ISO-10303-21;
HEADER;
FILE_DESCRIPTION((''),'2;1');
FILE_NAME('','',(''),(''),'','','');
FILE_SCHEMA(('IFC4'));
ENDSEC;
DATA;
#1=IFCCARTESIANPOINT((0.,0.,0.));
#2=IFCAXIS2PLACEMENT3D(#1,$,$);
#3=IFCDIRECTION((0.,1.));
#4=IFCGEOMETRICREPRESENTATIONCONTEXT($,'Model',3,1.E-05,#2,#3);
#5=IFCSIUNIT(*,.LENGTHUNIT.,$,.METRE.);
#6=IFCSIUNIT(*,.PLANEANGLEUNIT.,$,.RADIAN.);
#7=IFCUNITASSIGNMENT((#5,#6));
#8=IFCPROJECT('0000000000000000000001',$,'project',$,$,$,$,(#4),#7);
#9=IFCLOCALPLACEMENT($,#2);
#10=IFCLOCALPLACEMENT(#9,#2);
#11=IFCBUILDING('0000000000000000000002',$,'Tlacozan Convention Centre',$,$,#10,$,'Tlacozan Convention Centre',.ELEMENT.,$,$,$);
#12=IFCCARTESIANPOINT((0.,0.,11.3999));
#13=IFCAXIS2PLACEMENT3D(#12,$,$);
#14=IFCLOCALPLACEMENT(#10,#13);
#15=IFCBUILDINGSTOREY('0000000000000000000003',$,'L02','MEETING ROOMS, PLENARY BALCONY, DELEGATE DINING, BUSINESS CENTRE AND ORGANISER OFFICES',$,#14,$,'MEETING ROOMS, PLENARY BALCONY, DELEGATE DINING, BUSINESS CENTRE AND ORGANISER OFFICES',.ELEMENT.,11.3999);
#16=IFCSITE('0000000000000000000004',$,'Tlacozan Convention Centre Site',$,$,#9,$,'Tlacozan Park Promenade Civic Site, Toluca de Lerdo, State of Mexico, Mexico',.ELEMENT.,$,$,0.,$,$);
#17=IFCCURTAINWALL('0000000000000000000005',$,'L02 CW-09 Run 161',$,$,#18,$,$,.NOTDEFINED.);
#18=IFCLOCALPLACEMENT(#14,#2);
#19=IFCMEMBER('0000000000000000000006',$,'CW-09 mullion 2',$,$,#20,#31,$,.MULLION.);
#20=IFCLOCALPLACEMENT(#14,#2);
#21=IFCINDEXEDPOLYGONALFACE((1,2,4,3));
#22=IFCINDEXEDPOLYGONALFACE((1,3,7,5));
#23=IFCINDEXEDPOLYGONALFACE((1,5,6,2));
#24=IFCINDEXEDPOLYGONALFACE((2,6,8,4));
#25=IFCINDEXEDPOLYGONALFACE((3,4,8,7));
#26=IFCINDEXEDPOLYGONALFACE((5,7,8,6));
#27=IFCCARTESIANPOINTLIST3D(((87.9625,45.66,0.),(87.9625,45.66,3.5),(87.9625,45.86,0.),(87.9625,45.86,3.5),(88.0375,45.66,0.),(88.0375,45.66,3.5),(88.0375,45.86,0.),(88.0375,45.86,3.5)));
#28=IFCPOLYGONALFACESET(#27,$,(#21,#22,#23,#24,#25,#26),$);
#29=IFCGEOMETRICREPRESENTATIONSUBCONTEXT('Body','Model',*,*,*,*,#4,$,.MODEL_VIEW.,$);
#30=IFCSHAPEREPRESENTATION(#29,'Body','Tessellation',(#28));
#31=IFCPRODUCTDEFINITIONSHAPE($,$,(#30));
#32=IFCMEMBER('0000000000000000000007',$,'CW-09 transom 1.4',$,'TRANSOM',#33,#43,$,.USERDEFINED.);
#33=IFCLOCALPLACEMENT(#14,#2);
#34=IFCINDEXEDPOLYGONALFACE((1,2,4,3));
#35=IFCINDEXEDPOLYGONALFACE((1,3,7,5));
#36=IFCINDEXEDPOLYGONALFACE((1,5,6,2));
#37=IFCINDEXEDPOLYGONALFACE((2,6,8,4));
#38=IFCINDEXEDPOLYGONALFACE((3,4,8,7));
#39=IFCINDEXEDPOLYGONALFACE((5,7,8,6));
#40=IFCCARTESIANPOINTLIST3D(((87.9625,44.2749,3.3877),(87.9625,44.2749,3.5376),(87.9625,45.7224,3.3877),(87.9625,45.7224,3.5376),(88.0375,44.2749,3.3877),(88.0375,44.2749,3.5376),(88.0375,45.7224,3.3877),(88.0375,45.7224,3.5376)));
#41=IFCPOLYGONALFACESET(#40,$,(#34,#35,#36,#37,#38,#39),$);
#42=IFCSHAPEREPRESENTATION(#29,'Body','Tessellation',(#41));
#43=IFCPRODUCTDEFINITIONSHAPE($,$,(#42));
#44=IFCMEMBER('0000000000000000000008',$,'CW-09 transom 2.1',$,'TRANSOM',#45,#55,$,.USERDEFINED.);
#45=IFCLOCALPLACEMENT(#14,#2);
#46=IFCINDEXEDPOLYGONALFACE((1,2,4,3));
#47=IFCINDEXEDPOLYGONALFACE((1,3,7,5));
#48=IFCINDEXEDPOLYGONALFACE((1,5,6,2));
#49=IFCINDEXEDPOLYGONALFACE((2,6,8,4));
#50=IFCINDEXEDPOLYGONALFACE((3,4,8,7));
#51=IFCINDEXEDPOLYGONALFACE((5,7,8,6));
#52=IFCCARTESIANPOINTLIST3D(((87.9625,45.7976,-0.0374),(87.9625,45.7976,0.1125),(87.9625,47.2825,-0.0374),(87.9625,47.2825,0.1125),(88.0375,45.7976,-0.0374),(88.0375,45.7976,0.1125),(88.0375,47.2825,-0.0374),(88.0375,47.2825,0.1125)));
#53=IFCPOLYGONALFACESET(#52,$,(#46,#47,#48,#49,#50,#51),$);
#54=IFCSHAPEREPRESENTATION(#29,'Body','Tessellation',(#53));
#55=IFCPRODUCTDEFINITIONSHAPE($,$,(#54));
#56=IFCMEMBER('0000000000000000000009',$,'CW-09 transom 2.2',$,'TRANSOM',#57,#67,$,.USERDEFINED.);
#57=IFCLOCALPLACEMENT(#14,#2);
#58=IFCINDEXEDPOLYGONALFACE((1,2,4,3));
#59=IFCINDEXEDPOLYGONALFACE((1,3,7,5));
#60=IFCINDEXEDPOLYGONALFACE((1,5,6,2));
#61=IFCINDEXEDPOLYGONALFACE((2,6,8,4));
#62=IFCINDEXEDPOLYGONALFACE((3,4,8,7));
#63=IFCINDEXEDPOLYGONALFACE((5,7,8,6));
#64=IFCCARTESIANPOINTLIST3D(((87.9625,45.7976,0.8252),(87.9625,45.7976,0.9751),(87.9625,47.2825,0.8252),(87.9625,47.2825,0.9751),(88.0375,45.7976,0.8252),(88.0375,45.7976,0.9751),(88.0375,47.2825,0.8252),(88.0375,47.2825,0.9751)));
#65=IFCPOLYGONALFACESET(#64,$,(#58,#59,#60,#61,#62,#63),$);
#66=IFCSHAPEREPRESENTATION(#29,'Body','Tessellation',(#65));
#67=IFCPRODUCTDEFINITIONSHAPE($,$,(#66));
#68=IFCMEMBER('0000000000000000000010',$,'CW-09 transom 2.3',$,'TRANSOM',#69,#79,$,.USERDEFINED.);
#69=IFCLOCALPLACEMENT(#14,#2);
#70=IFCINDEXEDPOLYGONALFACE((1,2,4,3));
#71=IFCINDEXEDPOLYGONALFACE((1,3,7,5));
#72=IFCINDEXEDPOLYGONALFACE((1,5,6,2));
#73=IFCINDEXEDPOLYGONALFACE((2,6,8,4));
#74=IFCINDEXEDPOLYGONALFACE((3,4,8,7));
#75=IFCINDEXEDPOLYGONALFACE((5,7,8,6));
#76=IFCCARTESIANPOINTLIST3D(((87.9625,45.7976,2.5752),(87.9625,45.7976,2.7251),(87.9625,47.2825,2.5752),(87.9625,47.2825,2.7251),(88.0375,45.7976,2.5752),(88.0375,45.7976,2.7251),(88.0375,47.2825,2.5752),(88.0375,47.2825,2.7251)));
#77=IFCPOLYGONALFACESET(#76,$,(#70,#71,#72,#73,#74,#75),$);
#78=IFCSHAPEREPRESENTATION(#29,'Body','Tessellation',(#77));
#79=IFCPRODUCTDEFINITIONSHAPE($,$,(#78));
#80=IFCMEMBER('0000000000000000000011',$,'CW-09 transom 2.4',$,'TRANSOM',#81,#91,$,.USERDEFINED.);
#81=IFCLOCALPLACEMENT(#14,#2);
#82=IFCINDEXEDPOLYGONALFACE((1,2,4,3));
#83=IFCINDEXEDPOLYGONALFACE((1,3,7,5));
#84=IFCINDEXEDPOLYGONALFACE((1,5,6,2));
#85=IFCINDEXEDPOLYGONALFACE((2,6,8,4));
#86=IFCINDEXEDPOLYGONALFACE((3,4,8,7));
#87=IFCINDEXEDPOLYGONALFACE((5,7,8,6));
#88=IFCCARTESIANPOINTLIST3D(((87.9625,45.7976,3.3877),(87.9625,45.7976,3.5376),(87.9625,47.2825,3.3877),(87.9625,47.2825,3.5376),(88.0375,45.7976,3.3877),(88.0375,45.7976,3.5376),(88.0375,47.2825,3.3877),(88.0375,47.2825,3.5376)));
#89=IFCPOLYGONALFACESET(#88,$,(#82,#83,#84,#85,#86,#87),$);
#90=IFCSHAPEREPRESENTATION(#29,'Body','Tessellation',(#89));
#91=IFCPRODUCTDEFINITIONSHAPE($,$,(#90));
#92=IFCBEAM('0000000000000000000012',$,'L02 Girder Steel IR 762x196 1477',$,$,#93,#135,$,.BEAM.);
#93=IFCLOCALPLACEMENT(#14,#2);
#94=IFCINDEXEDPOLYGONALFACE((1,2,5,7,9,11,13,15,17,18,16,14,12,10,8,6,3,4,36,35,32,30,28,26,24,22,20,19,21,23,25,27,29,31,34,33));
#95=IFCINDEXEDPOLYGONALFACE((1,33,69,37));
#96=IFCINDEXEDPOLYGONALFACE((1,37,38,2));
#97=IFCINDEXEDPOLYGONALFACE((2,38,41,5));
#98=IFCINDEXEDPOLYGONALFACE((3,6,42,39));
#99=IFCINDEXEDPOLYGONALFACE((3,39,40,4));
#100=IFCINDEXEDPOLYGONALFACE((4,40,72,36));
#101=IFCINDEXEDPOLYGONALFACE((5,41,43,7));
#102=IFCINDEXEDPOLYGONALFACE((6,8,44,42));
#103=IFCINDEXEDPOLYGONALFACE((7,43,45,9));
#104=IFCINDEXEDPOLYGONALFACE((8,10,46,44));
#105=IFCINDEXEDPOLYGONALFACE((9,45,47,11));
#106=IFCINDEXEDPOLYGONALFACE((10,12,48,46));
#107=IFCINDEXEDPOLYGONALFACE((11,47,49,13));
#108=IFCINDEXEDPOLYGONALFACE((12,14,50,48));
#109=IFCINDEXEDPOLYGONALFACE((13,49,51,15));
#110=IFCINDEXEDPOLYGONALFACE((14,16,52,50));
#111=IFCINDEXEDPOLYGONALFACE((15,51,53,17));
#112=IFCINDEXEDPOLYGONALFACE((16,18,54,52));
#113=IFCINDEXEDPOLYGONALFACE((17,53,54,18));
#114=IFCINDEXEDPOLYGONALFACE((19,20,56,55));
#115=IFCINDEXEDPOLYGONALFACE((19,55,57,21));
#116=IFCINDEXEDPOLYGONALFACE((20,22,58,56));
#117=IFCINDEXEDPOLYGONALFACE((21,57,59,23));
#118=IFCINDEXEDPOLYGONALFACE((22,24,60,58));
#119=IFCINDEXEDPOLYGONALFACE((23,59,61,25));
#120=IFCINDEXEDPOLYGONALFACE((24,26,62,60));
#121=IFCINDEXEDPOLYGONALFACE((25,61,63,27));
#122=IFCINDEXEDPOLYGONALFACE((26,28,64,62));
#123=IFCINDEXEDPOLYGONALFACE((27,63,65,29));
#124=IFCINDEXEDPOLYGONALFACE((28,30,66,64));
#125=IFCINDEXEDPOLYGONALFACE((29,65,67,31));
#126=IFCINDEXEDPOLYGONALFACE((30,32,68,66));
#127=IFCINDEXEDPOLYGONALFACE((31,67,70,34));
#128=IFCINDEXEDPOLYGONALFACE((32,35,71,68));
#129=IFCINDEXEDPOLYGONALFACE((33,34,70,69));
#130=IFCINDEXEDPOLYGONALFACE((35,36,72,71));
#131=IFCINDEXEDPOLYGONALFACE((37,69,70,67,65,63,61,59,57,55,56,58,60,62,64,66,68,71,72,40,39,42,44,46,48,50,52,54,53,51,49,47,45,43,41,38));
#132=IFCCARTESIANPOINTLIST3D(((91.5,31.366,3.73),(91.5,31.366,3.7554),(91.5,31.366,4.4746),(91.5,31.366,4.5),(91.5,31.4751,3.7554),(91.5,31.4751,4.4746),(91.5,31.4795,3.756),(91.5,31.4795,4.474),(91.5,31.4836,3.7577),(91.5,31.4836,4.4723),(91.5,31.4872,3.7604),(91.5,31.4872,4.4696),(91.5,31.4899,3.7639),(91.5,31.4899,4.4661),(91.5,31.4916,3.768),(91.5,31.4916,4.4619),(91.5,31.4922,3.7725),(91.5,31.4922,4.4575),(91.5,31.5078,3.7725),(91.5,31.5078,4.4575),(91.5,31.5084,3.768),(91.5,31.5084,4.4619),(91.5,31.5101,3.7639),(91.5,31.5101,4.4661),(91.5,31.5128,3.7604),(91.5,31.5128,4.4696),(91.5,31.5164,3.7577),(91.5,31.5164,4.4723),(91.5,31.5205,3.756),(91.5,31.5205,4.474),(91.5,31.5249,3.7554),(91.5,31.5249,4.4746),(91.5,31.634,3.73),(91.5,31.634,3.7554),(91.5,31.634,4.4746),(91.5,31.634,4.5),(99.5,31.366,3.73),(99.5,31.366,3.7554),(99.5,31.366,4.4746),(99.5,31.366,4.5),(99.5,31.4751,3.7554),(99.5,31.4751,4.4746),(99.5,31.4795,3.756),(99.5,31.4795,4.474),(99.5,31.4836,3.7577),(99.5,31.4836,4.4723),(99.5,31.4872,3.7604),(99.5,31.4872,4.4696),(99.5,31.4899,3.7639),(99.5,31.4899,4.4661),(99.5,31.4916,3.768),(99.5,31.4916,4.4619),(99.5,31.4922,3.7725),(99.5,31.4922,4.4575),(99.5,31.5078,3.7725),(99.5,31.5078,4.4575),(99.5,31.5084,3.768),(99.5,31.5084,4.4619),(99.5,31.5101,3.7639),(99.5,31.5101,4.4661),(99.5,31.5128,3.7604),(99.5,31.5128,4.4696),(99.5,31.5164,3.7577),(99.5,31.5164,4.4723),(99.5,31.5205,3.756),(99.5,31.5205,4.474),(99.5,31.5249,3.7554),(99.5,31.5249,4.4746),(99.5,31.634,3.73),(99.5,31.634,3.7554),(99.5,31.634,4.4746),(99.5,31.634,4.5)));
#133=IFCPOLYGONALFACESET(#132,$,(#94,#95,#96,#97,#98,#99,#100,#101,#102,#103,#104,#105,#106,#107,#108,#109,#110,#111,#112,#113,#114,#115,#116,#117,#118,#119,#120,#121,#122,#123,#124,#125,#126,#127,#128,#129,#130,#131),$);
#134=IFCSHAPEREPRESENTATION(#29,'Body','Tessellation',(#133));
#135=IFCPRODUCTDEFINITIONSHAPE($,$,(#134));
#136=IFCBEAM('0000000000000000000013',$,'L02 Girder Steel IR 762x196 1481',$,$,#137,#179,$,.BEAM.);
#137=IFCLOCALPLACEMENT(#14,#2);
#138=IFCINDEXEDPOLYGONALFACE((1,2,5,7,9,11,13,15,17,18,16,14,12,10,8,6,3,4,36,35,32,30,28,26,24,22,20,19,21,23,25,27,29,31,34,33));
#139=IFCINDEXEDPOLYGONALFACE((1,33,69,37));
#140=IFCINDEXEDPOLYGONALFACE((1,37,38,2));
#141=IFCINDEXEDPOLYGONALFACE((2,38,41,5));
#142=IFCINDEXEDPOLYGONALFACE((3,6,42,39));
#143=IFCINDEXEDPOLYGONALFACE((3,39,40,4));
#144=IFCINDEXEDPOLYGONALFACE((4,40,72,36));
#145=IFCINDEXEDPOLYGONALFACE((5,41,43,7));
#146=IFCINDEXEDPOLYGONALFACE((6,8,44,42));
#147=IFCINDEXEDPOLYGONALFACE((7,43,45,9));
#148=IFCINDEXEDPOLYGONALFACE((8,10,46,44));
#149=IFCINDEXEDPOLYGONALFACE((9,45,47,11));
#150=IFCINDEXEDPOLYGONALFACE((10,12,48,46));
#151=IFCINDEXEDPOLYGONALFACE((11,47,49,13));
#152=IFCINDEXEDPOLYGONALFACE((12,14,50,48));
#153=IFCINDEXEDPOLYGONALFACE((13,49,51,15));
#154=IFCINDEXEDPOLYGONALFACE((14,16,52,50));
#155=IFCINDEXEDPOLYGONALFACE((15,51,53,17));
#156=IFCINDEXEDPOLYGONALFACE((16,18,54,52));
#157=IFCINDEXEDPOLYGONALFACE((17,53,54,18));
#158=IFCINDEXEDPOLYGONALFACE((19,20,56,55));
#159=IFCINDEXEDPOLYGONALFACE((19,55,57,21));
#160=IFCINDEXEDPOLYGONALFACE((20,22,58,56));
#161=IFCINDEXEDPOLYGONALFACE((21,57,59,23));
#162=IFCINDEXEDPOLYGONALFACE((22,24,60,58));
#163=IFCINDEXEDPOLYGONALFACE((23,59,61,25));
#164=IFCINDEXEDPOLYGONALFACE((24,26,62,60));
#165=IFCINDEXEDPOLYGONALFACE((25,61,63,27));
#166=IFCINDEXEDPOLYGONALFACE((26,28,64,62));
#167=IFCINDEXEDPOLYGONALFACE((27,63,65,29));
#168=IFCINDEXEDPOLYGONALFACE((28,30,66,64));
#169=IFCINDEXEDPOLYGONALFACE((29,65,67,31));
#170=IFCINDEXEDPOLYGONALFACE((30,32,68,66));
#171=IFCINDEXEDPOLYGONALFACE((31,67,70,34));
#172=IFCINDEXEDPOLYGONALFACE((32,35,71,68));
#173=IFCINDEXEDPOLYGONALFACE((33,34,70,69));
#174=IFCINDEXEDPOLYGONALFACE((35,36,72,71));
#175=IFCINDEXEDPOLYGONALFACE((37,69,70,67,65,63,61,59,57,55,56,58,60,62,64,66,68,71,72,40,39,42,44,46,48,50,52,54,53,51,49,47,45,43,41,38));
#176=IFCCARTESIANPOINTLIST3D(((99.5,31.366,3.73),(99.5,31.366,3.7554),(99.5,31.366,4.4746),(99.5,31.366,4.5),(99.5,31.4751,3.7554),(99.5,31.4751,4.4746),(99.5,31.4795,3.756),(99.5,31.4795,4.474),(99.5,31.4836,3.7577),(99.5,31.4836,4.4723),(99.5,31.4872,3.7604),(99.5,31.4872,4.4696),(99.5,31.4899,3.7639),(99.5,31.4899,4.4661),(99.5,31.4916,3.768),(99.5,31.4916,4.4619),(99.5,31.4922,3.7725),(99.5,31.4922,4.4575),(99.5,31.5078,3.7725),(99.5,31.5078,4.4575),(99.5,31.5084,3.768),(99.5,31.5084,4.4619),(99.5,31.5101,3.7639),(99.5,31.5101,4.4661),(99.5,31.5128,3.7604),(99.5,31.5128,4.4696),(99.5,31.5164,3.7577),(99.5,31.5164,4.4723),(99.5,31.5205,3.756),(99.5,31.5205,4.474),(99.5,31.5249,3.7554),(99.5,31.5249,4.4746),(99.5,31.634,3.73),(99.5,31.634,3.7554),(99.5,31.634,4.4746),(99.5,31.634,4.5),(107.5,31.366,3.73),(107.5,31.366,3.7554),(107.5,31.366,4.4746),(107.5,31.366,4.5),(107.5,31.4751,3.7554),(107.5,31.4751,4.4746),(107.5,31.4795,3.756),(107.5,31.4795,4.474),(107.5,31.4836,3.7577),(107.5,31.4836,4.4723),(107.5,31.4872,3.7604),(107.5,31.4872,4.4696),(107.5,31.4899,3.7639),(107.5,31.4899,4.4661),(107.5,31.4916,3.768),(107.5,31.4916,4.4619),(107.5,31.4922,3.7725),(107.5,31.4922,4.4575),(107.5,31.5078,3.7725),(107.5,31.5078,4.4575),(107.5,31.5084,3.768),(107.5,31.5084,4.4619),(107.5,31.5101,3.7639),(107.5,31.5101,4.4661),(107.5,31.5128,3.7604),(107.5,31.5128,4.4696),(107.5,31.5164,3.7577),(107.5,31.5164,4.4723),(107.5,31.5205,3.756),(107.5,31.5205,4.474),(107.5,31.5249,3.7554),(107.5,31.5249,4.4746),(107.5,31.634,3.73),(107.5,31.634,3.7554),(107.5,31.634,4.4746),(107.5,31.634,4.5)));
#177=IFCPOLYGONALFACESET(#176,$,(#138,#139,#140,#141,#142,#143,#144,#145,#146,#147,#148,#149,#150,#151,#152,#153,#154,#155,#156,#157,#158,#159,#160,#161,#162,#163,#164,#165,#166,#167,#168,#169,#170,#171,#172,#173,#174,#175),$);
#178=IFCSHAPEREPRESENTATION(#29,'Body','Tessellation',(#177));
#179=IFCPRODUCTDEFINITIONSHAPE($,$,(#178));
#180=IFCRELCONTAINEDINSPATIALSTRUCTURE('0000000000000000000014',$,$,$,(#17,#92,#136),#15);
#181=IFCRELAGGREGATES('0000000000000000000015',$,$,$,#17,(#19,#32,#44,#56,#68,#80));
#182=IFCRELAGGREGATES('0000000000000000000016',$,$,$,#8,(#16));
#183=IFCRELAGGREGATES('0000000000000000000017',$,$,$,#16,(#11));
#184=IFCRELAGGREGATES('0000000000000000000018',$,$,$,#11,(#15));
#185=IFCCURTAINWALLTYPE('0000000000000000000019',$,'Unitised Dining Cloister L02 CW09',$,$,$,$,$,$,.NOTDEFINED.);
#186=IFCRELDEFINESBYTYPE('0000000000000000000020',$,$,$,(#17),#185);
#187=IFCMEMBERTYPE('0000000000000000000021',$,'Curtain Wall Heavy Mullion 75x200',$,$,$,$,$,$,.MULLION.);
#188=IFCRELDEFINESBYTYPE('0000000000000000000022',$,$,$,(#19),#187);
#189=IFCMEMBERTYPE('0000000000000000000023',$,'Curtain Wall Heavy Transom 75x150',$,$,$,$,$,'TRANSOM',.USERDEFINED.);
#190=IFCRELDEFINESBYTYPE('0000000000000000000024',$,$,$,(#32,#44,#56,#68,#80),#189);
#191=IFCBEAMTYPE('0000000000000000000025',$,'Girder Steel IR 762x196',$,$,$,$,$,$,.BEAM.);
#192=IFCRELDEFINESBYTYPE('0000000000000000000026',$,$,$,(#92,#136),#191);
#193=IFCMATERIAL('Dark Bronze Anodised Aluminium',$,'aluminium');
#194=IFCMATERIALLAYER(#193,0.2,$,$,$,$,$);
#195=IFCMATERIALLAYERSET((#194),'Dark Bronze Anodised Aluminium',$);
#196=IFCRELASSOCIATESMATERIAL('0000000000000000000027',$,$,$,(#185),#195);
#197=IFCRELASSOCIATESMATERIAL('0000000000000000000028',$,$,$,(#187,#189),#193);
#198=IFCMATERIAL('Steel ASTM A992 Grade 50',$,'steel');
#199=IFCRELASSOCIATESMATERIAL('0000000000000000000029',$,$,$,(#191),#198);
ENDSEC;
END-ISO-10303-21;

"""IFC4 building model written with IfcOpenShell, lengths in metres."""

from ifc_helpers import new_model, si_unit, direction, frame, origin, origin_2d, place, context, subcontext, project, spatial, rectangle, i_section, extrude, material, layer, layer_set, material_profile, profile_set, type_object, element, aggregate, save


model = new_model("IFC4")

# Units and contexts
model_context = context("Model", 3, precision=1e-05, world=origin(), true_north=direction((0.0, 1.0)))
body_context = subcontext(model_context, "Body", "Model", "MODEL_VIEW")
ifc_project = project(units=[si_unit("LENGTHUNIT", "METRE"), si_unit("PLANEANGLEUNIT", "RADIAN")], contexts=[model_context])

# Site, building, storey
site_placement = place(None, origin())
site = spatial("IfcSite", under=ifc_project, at=site_placement, Name="Tlacozan Convention Centre Site", LongName="Tlacozan Park Promenade Civic Site, Toluca de Lerdo, State of Mexico, Mexico", CompositionType="ELEMENT", RefElevation=0.0)
building_placement = place(site_placement, origin())
building = spatial("IfcBuilding", under=site, at=building_placement, Name="Tlacozan Convention Centre", LongName="Tlacozan Convention Centre", CompositionType="ELEMENT")
storey_placement = place(building_placement, frame((0.0, 0.0, 11.3999)))
storey = spatial("IfcBuildingStorey", under=building, at=storey_placement, Name="L02", Description="MEETING ROOMS, PLENARY BALCONY, DELEGATE DINING, BUSINESS CENTRE AND ORGANISER OFFICES", LongName="MEETING ROOMS, PLENARY BALCONY, DELEGATE DINING, BUSINESS CENTRE AND ORGANISER OFFICES", CompositionType="ELEMENT", Elevation=11.3999)

# Shared definitions
ifc_material_1 = material(Name="Steel ASTM A992 Grade 50", Category="steel")

# Curtain wall, members
ifc_material_2 = material(Name="Dark Bronze Anodised Aluminium", Category="aluminium")
ifc_layer_1 = layer(ifc_material_2, 0.2)
ifc_layer_set_1 = layer_set([ifc_layer_1], Name="Dark Bronze Anodised Aluminium")
curtain_wall_type = type_object("IfcCurtainWallType", Name="Unitised Dining Cloister L02 CW09", PredefinedType="NOTDEFINED", material=ifc_layer_set_1)
curtain_wall_placement = place(storey_placement, origin())
curtain_wall = element("IfcCurtainWall", 1, at=curtain_wall_placement, inside=storey, type_object=curtain_wall_type, Name="L02 CW-09 Run 161", PredefinedType="NOTDEFINED")
ifc_material_profile_1 = material_profile(ifc_material_2, rectangle(XDim=0.075, YDim=0.2, at=origin_2d()), Name="ALU 75x200")
ifc_profile_set_1 = profile_set([ifc_material_profile_1], Name="Dark Bronze Anodised Aluminium")
member_type_1 = type_object("IfcMemberType", Name="Curtain Wall Heavy Mullion 75x200", PredefinedType="MULLION", material=ifc_profile_set_1)
member_1_placement = place(storey_placement, frame((88.0, 45.76, 0.0), z_axis=(0.0, 0.0, 1.0), x_axis=(-1.0, 0.0, 0.0)))
member_1 = element("IfcMember", 2, at=member_1_placement, type_object=member_type_1, Name="CW-09 mullion 2", PredefinedType="MULLION", context=body_context, shape_type="SweptSolid", body=[
    extrude(rectangle(XDim=0.075, YDim=0.2, at=origin_2d()), origin(), (0.0, 0.0, 1.0), 3.5),
])
ifc_material_profile_2 = material_profile(ifc_material_2, rectangle(XDim=0.075, YDim=0.1499, at=origin_2d()), Name="ALU 75x150")
ifc_profile_set_2 = profile_set([ifc_material_profile_2], Name="Dark Bronze Anodised Aluminium")
member_type_2 = type_object("IfcMemberType", Name="Curtain Wall Heavy Transom 75x150", ElementType="TRANSOM", PredefinedType="USERDEFINED", material=ifc_profile_set_2)
member_2_placement = place(storey_placement, frame((88.0, 44.2749, 3.4626), z_axis=(0.0, 1.0, 0.0), x_axis=(-1.0, 0.0, 0.0)))
member_2 = element("IfcMember", 3, at=member_2_placement, type_object=member_type_2, Name="CW-09 transom 1.4", ObjectType="TRANSOM", PredefinedType="USERDEFINED", context=body_context, shape_type="SweptSolid", body=[
    extrude(rectangle(XDim=0.075, YDim=0.1499, at=origin_2d()), origin(), (0.0, 0.0, 1.0), 1.4475),
])
member_3_placement = place(storey_placement, frame((88.0, 45.7976, 0.0376), z_axis=(0.0, 1.0, 0.0), x_axis=(-1.0, 0.0, 0.0)))
member_3 = element("IfcMember", 4, at=member_3_placement, type_object=member_type_2, Name="CW-09 transom 2.1", ObjectType="TRANSOM", PredefinedType="USERDEFINED", context=body_context, shape_type="SweptSolid", body=[
    extrude(rectangle(XDim=0.075, YDim=0.1499, at=origin_2d()), origin(), (0.0, 0.0, 1.0), 1.4849),
])
member_4_placement = place(storey_placement, frame((88.0, 45.7976, 0.9001), z_axis=(0.0, 1.0, 0.0), x_axis=(-1.0, 0.0, 0.0)))
member_4 = element("IfcMember", 5, at=member_4_placement, type_object=member_type_2, Name="CW-09 transom 2.2", ObjectType="TRANSOM", PredefinedType="USERDEFINED", context=body_context, shape_type="SweptSolid", body=[
    extrude(rectangle(XDim=0.075, YDim=0.1499, at=origin_2d()), origin(), (0.0, 0.0, 1.0), 1.4849),
])
member_5_placement = place(storey_placement, frame((88.0, 45.7976, 2.6501), z_axis=(0.0, 1.0, 0.0), x_axis=(-1.0, 0.0, 0.0)))
member_5 = element("IfcMember", 6, at=member_5_placement, type_object=member_type_2, Name="CW-09 transom 2.3", ObjectType="TRANSOM", PredefinedType="USERDEFINED", context=body_context, shape_type="SweptSolid", body=[
    extrude(rectangle(XDim=0.075, YDim=0.1499, at=origin_2d()), origin(), (0.0, 0.0, 1.0), 1.4849),
])
member_6_placement = place(storey_placement, frame((88.0, 45.7976, 3.4626), z_axis=(0.0, 1.0, 0.0), x_axis=(-1.0, 0.0, 0.0)))
member_6 = element("IfcMember", 7, at=member_6_placement, type_object=member_type_2, Name="CW-09 transom 2.4", ObjectType="TRANSOM", PredefinedType="USERDEFINED", context=body_context, shape_type="SweptSolid", body=[
    extrude(rectangle(XDim=0.075, YDim=0.1499, at=origin_2d()), origin(), (0.0, 0.0, 1.0), 1.4849),
])

# Beams
ifc_material_profile_3 = material_profile(ifc_material_1, i_section(OverallWidth=0.2681, OverallDepth=0.77, WebThickness=0.0156, FlangeThickness=0.0254, FilletRadius=0.0171, at=origin_2d()), Name="IR 762x196.0")
ifc_profile_set_3 = profile_set([ifc_material_profile_3], Name="Steel ASTM A992 Grade 50")
beam_type_1 = type_object("IfcBeamType", Name="Girder Steel IR 762x196", PredefinedType="BEAM", material=ifc_profile_set_3)
for number, where, z_axis, x_axis, name in (
    (8, (91.5, 31.5, 4.115), (1.0, 0.0, 0.0), (0.0, 1.0, 0.0), "L02 Girder Steel IR 762x196 1477"),
    (9, (99.5, 31.5, 4.115), (1.0, 0.0, 0.0), (0.0, 1.0, 0.0), "L02 Girder Steel IR 762x196 1481"),
):
    element("IfcBeam", number, at=place(storey_placement, frame(where, z_axis=z_axis, x_axis=x_axis)), inside=storey, type_object=beam_type_1, Name=name, PredefinedType="BEAM", context=body_context, shape_type="SweptSolid", body=[
        extrude(i_section(OverallWidth=0.2681, OverallDepth=0.77, WebThickness=0.0156, FlangeThickness=0.0254, FilletRadius=0.0171, at=origin_2d()), origin(), (0.0, 0.0, 1.0), 8.0),
    ])

aggregate(curtain_wall, [member_1, member_2, member_3, member_4, member_5, member_6])

save(model, "model.ifc")
